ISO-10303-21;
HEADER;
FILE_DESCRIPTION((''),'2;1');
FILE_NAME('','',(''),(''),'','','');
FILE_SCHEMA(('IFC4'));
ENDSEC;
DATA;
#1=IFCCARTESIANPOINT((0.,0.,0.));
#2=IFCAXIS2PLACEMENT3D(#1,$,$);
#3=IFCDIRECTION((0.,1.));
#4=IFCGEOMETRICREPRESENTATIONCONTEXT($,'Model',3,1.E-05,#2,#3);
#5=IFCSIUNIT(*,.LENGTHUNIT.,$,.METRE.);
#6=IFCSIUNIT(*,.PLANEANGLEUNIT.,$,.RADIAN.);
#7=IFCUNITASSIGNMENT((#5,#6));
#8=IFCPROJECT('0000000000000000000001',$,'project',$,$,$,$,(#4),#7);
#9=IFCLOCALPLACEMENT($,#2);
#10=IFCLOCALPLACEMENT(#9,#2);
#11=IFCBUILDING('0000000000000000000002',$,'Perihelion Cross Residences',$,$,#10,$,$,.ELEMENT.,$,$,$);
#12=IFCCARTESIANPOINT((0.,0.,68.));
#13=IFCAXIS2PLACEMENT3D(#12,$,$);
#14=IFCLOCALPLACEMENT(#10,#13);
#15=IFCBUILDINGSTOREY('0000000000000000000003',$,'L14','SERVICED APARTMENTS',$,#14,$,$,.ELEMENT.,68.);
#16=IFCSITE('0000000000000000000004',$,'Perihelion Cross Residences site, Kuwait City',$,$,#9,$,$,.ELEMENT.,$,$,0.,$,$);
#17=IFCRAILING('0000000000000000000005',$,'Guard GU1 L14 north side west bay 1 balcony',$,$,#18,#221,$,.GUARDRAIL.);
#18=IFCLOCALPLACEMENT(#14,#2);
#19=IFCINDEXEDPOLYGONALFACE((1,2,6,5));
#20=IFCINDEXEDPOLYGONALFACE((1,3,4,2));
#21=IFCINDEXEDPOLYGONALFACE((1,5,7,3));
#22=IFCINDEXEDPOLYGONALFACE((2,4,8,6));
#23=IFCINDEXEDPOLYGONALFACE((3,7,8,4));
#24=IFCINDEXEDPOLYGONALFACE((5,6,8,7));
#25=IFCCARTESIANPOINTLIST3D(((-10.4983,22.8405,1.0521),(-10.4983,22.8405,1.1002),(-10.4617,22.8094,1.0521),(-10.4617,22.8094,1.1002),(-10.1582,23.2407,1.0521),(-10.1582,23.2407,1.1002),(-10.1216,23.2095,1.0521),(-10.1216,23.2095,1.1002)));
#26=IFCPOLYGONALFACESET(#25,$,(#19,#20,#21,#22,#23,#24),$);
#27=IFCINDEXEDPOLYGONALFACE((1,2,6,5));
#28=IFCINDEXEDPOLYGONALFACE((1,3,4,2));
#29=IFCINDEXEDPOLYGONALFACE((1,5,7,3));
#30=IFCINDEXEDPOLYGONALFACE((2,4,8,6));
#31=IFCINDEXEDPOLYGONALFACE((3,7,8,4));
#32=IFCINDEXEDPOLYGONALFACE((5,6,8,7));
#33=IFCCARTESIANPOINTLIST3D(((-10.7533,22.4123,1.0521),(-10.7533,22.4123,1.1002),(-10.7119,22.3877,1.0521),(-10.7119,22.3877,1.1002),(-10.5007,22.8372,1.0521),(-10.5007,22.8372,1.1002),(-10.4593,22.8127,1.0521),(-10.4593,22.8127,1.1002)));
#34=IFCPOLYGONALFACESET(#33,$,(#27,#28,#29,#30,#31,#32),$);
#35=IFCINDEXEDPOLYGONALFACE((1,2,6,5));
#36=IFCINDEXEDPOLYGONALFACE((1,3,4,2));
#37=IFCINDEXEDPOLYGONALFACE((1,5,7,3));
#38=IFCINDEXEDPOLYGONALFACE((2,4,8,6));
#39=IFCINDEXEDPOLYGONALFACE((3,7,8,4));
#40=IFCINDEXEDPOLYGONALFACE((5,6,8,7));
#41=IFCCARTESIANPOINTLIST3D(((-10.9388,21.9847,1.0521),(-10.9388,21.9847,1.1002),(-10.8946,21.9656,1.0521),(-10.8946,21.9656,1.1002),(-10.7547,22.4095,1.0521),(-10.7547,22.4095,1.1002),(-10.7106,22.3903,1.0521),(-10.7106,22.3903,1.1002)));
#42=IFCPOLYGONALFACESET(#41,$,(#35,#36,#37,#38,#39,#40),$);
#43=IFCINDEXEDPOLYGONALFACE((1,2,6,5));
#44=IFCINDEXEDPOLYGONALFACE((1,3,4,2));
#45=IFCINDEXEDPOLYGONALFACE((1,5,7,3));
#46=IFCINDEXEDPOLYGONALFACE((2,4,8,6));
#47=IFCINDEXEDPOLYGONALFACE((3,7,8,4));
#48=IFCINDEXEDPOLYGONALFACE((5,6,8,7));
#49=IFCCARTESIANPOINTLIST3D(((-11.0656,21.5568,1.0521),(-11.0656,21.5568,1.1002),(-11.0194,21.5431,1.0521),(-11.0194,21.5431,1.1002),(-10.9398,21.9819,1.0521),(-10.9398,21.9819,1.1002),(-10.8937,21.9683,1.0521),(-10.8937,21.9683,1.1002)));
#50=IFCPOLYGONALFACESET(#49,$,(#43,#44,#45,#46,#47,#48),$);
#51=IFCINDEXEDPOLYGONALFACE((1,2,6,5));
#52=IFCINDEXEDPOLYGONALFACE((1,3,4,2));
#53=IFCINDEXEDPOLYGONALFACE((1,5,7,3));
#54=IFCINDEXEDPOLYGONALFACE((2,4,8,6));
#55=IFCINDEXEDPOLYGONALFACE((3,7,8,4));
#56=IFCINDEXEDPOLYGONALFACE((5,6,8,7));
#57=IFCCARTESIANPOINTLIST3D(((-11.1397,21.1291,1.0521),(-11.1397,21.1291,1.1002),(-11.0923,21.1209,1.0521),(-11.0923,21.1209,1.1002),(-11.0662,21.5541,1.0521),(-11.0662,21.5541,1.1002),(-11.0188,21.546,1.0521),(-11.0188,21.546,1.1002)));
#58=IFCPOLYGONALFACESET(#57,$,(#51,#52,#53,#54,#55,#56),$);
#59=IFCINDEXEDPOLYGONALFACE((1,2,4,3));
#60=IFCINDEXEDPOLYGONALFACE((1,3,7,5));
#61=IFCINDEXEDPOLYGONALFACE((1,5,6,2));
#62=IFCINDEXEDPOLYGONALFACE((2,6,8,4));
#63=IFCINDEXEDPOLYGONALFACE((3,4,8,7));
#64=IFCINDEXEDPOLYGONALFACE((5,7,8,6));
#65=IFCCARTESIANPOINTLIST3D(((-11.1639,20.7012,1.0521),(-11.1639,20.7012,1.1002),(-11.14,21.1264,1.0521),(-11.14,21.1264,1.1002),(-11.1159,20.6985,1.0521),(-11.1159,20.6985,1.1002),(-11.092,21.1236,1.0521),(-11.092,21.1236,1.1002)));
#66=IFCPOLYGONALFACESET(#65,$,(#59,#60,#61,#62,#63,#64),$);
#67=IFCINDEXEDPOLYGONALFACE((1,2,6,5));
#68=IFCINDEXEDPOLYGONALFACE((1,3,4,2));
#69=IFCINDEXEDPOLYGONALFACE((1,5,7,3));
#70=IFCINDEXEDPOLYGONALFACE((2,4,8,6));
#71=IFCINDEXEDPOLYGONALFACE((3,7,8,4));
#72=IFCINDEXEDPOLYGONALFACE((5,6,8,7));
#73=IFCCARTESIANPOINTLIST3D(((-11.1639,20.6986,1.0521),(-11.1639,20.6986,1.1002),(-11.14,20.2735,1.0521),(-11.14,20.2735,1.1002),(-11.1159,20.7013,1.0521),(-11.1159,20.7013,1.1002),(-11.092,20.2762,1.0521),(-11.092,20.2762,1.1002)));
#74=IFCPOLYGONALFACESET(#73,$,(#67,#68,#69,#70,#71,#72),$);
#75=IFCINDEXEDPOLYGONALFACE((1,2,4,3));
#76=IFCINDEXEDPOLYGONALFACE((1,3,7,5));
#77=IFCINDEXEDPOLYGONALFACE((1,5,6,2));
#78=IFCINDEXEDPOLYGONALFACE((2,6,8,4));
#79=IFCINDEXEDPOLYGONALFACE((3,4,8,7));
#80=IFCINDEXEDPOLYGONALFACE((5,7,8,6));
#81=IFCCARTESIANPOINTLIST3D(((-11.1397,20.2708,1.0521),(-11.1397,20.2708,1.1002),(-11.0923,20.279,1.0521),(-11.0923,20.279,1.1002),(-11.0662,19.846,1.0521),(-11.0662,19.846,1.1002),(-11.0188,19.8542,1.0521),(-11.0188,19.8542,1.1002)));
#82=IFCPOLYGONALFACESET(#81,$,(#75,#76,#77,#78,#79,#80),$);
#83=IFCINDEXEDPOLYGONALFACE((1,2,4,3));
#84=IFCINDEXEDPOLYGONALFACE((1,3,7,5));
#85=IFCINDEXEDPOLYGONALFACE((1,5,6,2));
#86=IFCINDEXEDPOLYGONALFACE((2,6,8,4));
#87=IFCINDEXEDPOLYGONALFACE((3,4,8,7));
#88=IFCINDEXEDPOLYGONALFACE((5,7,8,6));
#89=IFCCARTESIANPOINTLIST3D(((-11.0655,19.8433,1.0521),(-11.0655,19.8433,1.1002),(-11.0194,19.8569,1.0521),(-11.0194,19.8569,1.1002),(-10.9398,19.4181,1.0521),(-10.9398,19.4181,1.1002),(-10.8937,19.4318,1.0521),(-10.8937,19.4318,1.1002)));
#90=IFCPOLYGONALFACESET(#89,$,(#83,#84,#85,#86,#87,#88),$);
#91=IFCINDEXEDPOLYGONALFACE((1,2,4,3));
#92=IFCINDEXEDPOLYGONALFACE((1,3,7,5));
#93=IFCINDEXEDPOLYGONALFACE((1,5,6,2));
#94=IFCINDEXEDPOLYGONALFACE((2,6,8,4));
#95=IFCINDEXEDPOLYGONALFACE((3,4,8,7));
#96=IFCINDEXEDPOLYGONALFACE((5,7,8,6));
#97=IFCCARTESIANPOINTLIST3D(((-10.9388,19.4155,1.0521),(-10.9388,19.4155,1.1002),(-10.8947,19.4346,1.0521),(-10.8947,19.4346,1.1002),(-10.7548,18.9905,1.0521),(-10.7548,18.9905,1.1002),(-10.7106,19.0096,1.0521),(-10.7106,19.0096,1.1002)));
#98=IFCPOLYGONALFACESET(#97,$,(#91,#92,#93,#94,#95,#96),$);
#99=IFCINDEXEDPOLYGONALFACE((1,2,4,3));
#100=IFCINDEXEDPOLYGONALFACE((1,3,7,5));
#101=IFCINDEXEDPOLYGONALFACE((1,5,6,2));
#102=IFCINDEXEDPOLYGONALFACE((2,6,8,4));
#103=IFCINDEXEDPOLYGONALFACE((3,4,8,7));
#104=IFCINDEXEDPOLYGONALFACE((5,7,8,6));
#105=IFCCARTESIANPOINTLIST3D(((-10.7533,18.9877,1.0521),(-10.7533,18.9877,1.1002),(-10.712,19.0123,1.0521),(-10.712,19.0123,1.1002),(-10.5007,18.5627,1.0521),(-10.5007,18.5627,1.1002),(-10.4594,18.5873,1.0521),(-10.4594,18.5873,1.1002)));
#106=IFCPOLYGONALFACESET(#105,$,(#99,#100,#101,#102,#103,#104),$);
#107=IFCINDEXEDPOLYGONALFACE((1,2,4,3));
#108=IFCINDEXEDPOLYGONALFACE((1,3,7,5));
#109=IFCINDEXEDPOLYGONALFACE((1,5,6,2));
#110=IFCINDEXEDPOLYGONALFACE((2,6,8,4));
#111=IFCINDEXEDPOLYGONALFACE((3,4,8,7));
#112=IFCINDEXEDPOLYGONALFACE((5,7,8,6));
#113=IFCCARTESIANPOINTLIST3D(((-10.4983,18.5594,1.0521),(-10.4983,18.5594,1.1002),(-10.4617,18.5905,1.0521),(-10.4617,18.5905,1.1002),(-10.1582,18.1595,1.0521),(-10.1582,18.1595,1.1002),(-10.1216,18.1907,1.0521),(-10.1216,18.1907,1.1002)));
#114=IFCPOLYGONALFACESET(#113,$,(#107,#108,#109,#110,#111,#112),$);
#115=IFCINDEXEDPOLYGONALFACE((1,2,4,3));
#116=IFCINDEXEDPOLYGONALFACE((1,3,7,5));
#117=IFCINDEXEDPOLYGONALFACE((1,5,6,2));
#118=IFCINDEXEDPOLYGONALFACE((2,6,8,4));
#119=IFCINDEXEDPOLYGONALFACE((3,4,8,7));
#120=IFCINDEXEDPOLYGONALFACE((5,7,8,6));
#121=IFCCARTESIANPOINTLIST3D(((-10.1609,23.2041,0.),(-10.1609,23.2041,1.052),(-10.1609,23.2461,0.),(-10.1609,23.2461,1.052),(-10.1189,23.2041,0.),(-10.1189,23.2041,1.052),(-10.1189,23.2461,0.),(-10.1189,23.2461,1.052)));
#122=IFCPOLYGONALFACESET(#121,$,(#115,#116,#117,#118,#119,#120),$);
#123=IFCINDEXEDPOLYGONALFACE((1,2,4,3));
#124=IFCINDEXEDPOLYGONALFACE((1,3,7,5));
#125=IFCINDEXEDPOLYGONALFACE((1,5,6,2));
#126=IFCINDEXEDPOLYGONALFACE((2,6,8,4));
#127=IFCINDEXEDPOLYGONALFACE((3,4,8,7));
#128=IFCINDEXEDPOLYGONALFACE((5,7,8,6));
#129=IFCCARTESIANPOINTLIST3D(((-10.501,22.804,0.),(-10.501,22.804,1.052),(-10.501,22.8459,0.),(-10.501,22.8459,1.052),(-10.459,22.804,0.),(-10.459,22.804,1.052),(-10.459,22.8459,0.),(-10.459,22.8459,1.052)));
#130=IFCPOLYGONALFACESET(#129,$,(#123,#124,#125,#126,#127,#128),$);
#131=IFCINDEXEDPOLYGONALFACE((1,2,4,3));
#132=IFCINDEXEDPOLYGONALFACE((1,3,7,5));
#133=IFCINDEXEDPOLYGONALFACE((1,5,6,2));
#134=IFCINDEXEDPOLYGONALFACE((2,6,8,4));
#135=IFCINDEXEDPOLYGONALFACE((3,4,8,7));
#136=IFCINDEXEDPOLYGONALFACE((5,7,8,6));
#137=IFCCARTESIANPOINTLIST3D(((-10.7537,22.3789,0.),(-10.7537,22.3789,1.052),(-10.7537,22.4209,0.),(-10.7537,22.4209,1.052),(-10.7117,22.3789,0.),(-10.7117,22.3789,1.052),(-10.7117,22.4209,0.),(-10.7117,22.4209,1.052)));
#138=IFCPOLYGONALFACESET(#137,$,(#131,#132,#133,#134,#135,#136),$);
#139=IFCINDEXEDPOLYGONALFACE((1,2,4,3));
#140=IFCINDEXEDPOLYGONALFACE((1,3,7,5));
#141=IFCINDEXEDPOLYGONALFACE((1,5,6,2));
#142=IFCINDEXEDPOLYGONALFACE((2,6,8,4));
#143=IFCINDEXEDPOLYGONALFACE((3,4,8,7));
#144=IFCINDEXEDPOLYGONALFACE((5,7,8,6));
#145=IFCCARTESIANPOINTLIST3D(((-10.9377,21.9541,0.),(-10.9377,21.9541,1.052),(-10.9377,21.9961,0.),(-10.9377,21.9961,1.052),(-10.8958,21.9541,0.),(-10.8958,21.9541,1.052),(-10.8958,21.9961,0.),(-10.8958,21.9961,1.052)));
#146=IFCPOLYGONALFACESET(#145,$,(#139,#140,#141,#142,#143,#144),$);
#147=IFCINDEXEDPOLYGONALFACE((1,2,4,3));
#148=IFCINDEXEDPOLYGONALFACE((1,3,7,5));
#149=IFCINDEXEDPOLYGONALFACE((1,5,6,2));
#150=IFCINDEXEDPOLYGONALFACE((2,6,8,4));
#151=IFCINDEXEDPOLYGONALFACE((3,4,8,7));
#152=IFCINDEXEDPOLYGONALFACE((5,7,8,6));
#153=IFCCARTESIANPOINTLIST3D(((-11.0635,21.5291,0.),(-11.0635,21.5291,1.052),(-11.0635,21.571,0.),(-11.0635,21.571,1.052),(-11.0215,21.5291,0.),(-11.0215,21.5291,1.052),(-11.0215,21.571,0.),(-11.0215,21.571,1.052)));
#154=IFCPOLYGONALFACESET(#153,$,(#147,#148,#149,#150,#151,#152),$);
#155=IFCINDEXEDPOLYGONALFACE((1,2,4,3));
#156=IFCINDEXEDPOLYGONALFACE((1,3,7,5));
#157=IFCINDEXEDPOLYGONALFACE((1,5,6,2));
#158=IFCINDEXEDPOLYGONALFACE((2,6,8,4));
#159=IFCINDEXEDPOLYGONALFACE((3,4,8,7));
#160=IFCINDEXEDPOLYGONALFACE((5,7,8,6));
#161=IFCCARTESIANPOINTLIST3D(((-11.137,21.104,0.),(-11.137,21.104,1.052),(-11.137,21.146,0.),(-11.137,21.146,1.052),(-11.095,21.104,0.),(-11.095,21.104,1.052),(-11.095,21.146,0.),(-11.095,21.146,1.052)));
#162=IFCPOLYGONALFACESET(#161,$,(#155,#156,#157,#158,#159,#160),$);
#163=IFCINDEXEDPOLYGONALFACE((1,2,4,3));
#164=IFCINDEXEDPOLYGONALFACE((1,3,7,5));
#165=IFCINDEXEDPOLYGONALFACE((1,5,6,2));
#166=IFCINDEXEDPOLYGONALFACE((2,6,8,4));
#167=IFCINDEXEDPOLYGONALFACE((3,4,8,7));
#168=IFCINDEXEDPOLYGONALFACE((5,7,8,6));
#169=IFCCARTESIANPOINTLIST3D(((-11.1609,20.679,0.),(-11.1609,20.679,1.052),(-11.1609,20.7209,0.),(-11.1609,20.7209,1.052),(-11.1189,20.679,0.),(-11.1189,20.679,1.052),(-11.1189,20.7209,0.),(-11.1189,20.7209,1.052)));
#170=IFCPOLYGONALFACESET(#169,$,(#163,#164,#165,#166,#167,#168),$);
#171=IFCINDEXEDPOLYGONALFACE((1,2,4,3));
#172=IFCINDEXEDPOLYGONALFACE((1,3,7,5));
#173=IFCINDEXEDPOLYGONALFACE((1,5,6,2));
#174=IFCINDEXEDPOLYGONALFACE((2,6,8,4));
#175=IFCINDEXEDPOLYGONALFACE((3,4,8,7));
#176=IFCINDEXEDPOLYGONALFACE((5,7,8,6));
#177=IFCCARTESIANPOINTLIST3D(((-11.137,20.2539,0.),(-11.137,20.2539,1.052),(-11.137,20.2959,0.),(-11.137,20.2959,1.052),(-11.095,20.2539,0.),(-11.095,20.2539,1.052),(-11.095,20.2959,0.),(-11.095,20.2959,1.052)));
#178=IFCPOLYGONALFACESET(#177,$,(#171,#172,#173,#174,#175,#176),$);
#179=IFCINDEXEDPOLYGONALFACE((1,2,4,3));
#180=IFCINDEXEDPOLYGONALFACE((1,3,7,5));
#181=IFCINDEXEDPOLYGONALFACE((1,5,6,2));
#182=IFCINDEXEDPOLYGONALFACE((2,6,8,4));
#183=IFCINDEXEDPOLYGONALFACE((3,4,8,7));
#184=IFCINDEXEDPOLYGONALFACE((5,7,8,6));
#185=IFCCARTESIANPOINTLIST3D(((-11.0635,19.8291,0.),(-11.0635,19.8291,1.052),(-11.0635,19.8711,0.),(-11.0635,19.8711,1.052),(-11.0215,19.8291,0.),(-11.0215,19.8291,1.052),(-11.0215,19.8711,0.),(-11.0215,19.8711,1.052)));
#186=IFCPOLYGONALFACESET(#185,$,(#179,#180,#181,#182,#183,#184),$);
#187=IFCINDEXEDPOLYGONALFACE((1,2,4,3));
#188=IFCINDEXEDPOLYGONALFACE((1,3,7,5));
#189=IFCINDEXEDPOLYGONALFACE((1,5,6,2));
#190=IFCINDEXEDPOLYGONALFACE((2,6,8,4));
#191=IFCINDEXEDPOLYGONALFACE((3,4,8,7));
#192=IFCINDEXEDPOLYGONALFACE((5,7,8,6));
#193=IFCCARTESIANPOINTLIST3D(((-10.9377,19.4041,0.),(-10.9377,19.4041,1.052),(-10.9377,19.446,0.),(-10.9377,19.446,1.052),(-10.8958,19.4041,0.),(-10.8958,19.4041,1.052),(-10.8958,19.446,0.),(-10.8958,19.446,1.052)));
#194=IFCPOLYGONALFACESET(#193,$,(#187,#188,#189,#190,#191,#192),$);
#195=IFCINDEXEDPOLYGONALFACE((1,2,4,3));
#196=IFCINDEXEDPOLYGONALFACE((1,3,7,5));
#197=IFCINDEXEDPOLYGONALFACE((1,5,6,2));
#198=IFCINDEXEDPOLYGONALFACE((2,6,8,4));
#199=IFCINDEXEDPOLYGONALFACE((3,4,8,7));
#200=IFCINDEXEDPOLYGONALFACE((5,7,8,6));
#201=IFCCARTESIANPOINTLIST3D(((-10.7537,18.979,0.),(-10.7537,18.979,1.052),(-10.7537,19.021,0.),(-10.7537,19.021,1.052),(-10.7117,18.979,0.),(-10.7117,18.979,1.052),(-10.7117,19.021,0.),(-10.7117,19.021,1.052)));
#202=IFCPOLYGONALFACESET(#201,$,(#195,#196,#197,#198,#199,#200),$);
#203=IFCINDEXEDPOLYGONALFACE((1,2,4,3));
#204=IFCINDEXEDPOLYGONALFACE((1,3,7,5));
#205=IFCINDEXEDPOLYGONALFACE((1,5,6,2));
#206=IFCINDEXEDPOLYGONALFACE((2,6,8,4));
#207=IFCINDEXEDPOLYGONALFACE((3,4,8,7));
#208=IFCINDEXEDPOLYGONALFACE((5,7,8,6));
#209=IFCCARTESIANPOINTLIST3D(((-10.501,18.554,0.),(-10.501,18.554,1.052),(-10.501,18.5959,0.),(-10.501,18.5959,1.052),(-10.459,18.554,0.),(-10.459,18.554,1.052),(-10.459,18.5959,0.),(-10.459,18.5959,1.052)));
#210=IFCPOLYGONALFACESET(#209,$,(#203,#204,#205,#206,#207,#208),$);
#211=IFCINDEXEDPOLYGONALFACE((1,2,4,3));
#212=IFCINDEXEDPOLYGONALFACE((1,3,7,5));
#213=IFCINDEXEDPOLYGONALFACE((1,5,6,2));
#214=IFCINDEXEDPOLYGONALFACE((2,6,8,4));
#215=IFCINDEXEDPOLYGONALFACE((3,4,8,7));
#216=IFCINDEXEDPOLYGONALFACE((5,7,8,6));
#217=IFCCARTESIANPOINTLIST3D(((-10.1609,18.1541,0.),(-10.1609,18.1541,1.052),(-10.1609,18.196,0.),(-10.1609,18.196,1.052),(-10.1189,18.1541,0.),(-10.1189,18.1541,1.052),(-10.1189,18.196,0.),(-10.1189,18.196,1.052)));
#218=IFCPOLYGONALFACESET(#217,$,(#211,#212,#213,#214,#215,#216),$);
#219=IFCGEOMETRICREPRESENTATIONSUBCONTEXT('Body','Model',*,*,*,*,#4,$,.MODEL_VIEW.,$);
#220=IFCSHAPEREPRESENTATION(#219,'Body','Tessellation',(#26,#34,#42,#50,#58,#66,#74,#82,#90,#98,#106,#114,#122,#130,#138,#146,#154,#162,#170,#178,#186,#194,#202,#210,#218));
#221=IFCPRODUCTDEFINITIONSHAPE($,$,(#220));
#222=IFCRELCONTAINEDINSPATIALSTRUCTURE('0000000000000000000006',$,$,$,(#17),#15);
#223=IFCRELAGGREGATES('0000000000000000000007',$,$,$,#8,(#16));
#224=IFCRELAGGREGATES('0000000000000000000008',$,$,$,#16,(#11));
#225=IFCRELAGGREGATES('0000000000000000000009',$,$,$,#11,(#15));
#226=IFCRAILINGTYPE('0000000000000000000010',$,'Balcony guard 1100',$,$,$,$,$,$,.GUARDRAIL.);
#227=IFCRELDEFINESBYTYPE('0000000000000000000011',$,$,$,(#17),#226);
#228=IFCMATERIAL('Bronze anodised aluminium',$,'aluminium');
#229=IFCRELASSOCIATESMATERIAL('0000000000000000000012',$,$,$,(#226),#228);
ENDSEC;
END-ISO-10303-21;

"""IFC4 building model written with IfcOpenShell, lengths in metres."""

from ifc_helpers import new_model, si_unit, direction, frame, origin, origin_2d, place, context, subcontext, project, spatial, rectangle, extrude, material, type_object, element, save


model = new_model("IFC4")

# Units and contexts
model_context = context("Model", 3, precision=1e-05, world=origin(), true_north=direction((0.0, 1.0)))
body_context = subcontext(model_context, "Body", "Model", "MODEL_VIEW")
ifc_project = project(units=[si_unit("LENGTHUNIT", "METRE"), si_unit("PLANEANGLEUNIT", "RADIAN")], contexts=[model_context])

# Site, building, storey
site_placement = place(None, origin())
site = spatial("IfcSite", under=ifc_project, at=site_placement, Name="Perihelion Cross Residences site, Kuwait City", CompositionType="ELEMENT", RefElevation=0.0)
building_placement = place(site_placement, origin())
building = spatial("IfcBuilding", under=site, at=building_placement, Name="Perihelion Cross Residences", CompositionType="ELEMENT")
storey_placement = place(building_placement, frame((0.0, 0.0, 68.0)))
storey = spatial("IfcBuildingStorey", under=building, at=storey_placement, Name="L14", Description="SERVICED APARTMENTS", CompositionType="ELEMENT", Elevation=68.0)

# Railing
ifc_material_1 = material(Name="Bronze anodised aluminium", Category="aluminium")
railing_type = type_object("IfcRailingType", Name="Balcony guard 1100", PredefinedType="GUARDRAIL", material=ifc_material_1)
railing_1_placement = place(storey_placement, frame((-10.1399, 23.2251, 0.0)))
element("IfcRailing", 1, at=railing_1_placement, inside=storey, type_object=railing_type, Name="Guard GU1 L14 north side west bay 1 balcony", PredefinedType="GUARDRAIL", context=body_context, shape_type="SweptSolid", body=[
    extrude(rectangle(XDim=0.0481, YDim=0.0481, at=origin_2d()), frame((0.0, 0.0, 1.0762), z_axis=(-0.647608, -0.761974, 0.0), x_axis=(0.761974, -0.647608, 0.0)), (0.0, 0.0, 1.0), 0.5251),
    extrude(rectangle(XDim=0.0481, YDim=0.0481, at=origin_2d()), frame((-0.3401, -0.4001, 1.0762), z_axis=(-0.511006, -0.859577, 0.0), x_axis=(0.859577, -0.511006, 0.0)), (0.0, 0.0, 1.0), 0.4944),
    extrude(rectangle(XDim=0.0481, YDim=0.0481, at=origin_2d()), frame((-0.5928, -0.8252, 1.0762), z_axis=(-0.397607, -0.917556, 0.0), x_axis=(0.917556, -0.397607, 0.0)), (0.0, 0.0, 1.0), 0.4629),
    extrude(rectangle(XDim=0.0481, YDim=0.0481, at=origin_2d()), frame((-0.7769, -1.25, 1.0762), z_axis=(-0.283657, -0.958926, 0.0), x_axis=(0.958926, -0.283657, 0.0)), (0.0, 0.0, 1.0), 0.4434),
    extrude(rectangle(XDim=0.0481, YDim=0.0481, at=origin_2d()), frame((-0.9026, -1.675, 1.0762), z_axis=(-0.170362, -0.985382, 0.0), x_axis=(0.985382, -0.170362, 0.0)), (0.0, 0.0, 1.0), 0.4314),
    extrude(rectangle(XDim=0.0481, YDim=0.0481, at=origin_2d()), frame((-0.9761, -2.1001, 1.0762), z_axis=(-0.056201, -0.99842, 0.0), x_axis=(0.99842, -0.056201, 0.0)), (0.0, 0.0, 1.0), 0.4258),
    extrude(rectangle(XDim=0.0481, YDim=0.0481, at=origin_2d()), frame((-1.0, -2.5251, 1.0762), z_axis=(0.056201, -0.99842, 0.0), x_axis=(0.99842, 0.056201, 0.0)), (0.0, 0.0, 1.0), 0.4258),
    extrude(rectangle(XDim=0.0481, YDim=0.0481, at=origin_2d()), frame((-0.9761, -2.9502, 1.0762), z_axis=(0.170457, -0.985365, 0.0), x_axis=(0.985365, 0.170457, 0.0)), (0.0, 0.0, 1.0), 0.4312),
    extrude(rectangle(XDim=0.0481, YDim=0.0481, at=origin_2d()), frame((-0.9026, -3.375, 1.0762), z_axis=(0.283657, -0.958926, 0.0), x_axis=(0.958926, 0.283657, 0.0)), (0.0, 0.0, 1.0), 0.4434),
    extrude(rectangle(XDim=0.0481, YDim=0.0481, at=origin_2d()), frame((-0.7769, -3.8, 1.0762), z_axis=(0.397415, -0.917639, 0.0), x_axis=(0.917639, 0.397415, 0.0)), (0.0, 0.0, 1.0), 0.4631),
    extrude(rectangle(XDim=0.0481, YDim=0.0481, at=origin_2d()), frame((-0.5928, -4.2251, 1.0762), z_axis=(0.511006, -0.859577, 0.0), x_axis=(0.859577, 0.511006, 0.0)), (0.0, 0.0, 1.0), 0.4944),
    extrude(rectangle(XDim=0.0481, YDim=0.0481, at=origin_2d()), frame((-0.3401, -4.6501, 1.0762), z_axis=(0.647837, -0.761779, 0.0), x_axis=(0.761779, 0.647837, 0.0)), (0.0, 0.0, 1.0), 0.5249),
    extrude(rectangle(XDim=0.042, YDim=0.042, at=origin_2d()), origin(), (0.0, 0.0, 1.0), 1.052),
    extrude(rectangle(XDim=0.042, YDim=0.042, at=origin_2d()), frame((-0.3401, -0.4001, 0.0)), (0.0, 0.0, 1.0), 1.052),
    extrude(rectangle(XDim=0.042, YDim=0.042, at=origin_2d()), frame((-0.5928, -0.8252, 0.0)), (0.0, 0.0, 1.0), 1.052),
    extrude(rectangle(XDim=0.042, YDim=0.042, at=origin_2d()), frame((-0.7769, -1.25, 0.0)), (0.0, 0.0, 1.0), 1.052),
    extrude(rectangle(XDim=0.042, YDim=0.042, at=origin_2d()), frame((-0.9026, -1.675, 0.0)), (0.0, 0.0, 1.0), 1.052),
    extrude(rectangle(XDim=0.042, YDim=0.042, at=origin_2d()), frame((-0.9761, -2.1001, 0.0)), (0.0, 0.0, 1.0), 1.052),
    extrude(rectangle(XDim=0.042, YDim=0.042, at=origin_2d()), frame((-1.0, -2.5251, 0.0)), (0.0, 0.0, 1.0), 1.052),
    extrude(rectangle(XDim=0.042, YDim=0.042, at=origin_2d()), frame((-0.9761, -2.9502, 0.0)), (0.0, 0.0, 1.0), 1.052),
    extrude(rectangle(XDim=0.042, YDim=0.042, at=origin_2d()), frame((-0.9026, -3.375, 0.0)), (0.0, 0.0, 1.0), 1.052),
    extrude(rectangle(XDim=0.042, YDim=0.042, at=origin_2d()), frame((-0.7769, -3.8, 0.0)), (0.0, 0.0, 1.0), 1.052),
    extrude(rectangle(XDim=0.042, YDim=0.042, at=origin_2d()), frame((-0.5928, -4.2251, 0.0)), (0.0, 0.0, 1.0), 1.052),
    extrude(rectangle(XDim=0.042, YDim=0.042, at=origin_2d()), frame((-0.3401, -4.6501, 0.0)), (0.0, 0.0, 1.0), 1.052),
    extrude(rectangle(XDim=0.042, YDim=0.042, at=origin_2d()), frame((0.0, -5.05, 0.0)), (0.0, 0.0, 1.0), 1.052),
])

save(model, "model.ifc")
